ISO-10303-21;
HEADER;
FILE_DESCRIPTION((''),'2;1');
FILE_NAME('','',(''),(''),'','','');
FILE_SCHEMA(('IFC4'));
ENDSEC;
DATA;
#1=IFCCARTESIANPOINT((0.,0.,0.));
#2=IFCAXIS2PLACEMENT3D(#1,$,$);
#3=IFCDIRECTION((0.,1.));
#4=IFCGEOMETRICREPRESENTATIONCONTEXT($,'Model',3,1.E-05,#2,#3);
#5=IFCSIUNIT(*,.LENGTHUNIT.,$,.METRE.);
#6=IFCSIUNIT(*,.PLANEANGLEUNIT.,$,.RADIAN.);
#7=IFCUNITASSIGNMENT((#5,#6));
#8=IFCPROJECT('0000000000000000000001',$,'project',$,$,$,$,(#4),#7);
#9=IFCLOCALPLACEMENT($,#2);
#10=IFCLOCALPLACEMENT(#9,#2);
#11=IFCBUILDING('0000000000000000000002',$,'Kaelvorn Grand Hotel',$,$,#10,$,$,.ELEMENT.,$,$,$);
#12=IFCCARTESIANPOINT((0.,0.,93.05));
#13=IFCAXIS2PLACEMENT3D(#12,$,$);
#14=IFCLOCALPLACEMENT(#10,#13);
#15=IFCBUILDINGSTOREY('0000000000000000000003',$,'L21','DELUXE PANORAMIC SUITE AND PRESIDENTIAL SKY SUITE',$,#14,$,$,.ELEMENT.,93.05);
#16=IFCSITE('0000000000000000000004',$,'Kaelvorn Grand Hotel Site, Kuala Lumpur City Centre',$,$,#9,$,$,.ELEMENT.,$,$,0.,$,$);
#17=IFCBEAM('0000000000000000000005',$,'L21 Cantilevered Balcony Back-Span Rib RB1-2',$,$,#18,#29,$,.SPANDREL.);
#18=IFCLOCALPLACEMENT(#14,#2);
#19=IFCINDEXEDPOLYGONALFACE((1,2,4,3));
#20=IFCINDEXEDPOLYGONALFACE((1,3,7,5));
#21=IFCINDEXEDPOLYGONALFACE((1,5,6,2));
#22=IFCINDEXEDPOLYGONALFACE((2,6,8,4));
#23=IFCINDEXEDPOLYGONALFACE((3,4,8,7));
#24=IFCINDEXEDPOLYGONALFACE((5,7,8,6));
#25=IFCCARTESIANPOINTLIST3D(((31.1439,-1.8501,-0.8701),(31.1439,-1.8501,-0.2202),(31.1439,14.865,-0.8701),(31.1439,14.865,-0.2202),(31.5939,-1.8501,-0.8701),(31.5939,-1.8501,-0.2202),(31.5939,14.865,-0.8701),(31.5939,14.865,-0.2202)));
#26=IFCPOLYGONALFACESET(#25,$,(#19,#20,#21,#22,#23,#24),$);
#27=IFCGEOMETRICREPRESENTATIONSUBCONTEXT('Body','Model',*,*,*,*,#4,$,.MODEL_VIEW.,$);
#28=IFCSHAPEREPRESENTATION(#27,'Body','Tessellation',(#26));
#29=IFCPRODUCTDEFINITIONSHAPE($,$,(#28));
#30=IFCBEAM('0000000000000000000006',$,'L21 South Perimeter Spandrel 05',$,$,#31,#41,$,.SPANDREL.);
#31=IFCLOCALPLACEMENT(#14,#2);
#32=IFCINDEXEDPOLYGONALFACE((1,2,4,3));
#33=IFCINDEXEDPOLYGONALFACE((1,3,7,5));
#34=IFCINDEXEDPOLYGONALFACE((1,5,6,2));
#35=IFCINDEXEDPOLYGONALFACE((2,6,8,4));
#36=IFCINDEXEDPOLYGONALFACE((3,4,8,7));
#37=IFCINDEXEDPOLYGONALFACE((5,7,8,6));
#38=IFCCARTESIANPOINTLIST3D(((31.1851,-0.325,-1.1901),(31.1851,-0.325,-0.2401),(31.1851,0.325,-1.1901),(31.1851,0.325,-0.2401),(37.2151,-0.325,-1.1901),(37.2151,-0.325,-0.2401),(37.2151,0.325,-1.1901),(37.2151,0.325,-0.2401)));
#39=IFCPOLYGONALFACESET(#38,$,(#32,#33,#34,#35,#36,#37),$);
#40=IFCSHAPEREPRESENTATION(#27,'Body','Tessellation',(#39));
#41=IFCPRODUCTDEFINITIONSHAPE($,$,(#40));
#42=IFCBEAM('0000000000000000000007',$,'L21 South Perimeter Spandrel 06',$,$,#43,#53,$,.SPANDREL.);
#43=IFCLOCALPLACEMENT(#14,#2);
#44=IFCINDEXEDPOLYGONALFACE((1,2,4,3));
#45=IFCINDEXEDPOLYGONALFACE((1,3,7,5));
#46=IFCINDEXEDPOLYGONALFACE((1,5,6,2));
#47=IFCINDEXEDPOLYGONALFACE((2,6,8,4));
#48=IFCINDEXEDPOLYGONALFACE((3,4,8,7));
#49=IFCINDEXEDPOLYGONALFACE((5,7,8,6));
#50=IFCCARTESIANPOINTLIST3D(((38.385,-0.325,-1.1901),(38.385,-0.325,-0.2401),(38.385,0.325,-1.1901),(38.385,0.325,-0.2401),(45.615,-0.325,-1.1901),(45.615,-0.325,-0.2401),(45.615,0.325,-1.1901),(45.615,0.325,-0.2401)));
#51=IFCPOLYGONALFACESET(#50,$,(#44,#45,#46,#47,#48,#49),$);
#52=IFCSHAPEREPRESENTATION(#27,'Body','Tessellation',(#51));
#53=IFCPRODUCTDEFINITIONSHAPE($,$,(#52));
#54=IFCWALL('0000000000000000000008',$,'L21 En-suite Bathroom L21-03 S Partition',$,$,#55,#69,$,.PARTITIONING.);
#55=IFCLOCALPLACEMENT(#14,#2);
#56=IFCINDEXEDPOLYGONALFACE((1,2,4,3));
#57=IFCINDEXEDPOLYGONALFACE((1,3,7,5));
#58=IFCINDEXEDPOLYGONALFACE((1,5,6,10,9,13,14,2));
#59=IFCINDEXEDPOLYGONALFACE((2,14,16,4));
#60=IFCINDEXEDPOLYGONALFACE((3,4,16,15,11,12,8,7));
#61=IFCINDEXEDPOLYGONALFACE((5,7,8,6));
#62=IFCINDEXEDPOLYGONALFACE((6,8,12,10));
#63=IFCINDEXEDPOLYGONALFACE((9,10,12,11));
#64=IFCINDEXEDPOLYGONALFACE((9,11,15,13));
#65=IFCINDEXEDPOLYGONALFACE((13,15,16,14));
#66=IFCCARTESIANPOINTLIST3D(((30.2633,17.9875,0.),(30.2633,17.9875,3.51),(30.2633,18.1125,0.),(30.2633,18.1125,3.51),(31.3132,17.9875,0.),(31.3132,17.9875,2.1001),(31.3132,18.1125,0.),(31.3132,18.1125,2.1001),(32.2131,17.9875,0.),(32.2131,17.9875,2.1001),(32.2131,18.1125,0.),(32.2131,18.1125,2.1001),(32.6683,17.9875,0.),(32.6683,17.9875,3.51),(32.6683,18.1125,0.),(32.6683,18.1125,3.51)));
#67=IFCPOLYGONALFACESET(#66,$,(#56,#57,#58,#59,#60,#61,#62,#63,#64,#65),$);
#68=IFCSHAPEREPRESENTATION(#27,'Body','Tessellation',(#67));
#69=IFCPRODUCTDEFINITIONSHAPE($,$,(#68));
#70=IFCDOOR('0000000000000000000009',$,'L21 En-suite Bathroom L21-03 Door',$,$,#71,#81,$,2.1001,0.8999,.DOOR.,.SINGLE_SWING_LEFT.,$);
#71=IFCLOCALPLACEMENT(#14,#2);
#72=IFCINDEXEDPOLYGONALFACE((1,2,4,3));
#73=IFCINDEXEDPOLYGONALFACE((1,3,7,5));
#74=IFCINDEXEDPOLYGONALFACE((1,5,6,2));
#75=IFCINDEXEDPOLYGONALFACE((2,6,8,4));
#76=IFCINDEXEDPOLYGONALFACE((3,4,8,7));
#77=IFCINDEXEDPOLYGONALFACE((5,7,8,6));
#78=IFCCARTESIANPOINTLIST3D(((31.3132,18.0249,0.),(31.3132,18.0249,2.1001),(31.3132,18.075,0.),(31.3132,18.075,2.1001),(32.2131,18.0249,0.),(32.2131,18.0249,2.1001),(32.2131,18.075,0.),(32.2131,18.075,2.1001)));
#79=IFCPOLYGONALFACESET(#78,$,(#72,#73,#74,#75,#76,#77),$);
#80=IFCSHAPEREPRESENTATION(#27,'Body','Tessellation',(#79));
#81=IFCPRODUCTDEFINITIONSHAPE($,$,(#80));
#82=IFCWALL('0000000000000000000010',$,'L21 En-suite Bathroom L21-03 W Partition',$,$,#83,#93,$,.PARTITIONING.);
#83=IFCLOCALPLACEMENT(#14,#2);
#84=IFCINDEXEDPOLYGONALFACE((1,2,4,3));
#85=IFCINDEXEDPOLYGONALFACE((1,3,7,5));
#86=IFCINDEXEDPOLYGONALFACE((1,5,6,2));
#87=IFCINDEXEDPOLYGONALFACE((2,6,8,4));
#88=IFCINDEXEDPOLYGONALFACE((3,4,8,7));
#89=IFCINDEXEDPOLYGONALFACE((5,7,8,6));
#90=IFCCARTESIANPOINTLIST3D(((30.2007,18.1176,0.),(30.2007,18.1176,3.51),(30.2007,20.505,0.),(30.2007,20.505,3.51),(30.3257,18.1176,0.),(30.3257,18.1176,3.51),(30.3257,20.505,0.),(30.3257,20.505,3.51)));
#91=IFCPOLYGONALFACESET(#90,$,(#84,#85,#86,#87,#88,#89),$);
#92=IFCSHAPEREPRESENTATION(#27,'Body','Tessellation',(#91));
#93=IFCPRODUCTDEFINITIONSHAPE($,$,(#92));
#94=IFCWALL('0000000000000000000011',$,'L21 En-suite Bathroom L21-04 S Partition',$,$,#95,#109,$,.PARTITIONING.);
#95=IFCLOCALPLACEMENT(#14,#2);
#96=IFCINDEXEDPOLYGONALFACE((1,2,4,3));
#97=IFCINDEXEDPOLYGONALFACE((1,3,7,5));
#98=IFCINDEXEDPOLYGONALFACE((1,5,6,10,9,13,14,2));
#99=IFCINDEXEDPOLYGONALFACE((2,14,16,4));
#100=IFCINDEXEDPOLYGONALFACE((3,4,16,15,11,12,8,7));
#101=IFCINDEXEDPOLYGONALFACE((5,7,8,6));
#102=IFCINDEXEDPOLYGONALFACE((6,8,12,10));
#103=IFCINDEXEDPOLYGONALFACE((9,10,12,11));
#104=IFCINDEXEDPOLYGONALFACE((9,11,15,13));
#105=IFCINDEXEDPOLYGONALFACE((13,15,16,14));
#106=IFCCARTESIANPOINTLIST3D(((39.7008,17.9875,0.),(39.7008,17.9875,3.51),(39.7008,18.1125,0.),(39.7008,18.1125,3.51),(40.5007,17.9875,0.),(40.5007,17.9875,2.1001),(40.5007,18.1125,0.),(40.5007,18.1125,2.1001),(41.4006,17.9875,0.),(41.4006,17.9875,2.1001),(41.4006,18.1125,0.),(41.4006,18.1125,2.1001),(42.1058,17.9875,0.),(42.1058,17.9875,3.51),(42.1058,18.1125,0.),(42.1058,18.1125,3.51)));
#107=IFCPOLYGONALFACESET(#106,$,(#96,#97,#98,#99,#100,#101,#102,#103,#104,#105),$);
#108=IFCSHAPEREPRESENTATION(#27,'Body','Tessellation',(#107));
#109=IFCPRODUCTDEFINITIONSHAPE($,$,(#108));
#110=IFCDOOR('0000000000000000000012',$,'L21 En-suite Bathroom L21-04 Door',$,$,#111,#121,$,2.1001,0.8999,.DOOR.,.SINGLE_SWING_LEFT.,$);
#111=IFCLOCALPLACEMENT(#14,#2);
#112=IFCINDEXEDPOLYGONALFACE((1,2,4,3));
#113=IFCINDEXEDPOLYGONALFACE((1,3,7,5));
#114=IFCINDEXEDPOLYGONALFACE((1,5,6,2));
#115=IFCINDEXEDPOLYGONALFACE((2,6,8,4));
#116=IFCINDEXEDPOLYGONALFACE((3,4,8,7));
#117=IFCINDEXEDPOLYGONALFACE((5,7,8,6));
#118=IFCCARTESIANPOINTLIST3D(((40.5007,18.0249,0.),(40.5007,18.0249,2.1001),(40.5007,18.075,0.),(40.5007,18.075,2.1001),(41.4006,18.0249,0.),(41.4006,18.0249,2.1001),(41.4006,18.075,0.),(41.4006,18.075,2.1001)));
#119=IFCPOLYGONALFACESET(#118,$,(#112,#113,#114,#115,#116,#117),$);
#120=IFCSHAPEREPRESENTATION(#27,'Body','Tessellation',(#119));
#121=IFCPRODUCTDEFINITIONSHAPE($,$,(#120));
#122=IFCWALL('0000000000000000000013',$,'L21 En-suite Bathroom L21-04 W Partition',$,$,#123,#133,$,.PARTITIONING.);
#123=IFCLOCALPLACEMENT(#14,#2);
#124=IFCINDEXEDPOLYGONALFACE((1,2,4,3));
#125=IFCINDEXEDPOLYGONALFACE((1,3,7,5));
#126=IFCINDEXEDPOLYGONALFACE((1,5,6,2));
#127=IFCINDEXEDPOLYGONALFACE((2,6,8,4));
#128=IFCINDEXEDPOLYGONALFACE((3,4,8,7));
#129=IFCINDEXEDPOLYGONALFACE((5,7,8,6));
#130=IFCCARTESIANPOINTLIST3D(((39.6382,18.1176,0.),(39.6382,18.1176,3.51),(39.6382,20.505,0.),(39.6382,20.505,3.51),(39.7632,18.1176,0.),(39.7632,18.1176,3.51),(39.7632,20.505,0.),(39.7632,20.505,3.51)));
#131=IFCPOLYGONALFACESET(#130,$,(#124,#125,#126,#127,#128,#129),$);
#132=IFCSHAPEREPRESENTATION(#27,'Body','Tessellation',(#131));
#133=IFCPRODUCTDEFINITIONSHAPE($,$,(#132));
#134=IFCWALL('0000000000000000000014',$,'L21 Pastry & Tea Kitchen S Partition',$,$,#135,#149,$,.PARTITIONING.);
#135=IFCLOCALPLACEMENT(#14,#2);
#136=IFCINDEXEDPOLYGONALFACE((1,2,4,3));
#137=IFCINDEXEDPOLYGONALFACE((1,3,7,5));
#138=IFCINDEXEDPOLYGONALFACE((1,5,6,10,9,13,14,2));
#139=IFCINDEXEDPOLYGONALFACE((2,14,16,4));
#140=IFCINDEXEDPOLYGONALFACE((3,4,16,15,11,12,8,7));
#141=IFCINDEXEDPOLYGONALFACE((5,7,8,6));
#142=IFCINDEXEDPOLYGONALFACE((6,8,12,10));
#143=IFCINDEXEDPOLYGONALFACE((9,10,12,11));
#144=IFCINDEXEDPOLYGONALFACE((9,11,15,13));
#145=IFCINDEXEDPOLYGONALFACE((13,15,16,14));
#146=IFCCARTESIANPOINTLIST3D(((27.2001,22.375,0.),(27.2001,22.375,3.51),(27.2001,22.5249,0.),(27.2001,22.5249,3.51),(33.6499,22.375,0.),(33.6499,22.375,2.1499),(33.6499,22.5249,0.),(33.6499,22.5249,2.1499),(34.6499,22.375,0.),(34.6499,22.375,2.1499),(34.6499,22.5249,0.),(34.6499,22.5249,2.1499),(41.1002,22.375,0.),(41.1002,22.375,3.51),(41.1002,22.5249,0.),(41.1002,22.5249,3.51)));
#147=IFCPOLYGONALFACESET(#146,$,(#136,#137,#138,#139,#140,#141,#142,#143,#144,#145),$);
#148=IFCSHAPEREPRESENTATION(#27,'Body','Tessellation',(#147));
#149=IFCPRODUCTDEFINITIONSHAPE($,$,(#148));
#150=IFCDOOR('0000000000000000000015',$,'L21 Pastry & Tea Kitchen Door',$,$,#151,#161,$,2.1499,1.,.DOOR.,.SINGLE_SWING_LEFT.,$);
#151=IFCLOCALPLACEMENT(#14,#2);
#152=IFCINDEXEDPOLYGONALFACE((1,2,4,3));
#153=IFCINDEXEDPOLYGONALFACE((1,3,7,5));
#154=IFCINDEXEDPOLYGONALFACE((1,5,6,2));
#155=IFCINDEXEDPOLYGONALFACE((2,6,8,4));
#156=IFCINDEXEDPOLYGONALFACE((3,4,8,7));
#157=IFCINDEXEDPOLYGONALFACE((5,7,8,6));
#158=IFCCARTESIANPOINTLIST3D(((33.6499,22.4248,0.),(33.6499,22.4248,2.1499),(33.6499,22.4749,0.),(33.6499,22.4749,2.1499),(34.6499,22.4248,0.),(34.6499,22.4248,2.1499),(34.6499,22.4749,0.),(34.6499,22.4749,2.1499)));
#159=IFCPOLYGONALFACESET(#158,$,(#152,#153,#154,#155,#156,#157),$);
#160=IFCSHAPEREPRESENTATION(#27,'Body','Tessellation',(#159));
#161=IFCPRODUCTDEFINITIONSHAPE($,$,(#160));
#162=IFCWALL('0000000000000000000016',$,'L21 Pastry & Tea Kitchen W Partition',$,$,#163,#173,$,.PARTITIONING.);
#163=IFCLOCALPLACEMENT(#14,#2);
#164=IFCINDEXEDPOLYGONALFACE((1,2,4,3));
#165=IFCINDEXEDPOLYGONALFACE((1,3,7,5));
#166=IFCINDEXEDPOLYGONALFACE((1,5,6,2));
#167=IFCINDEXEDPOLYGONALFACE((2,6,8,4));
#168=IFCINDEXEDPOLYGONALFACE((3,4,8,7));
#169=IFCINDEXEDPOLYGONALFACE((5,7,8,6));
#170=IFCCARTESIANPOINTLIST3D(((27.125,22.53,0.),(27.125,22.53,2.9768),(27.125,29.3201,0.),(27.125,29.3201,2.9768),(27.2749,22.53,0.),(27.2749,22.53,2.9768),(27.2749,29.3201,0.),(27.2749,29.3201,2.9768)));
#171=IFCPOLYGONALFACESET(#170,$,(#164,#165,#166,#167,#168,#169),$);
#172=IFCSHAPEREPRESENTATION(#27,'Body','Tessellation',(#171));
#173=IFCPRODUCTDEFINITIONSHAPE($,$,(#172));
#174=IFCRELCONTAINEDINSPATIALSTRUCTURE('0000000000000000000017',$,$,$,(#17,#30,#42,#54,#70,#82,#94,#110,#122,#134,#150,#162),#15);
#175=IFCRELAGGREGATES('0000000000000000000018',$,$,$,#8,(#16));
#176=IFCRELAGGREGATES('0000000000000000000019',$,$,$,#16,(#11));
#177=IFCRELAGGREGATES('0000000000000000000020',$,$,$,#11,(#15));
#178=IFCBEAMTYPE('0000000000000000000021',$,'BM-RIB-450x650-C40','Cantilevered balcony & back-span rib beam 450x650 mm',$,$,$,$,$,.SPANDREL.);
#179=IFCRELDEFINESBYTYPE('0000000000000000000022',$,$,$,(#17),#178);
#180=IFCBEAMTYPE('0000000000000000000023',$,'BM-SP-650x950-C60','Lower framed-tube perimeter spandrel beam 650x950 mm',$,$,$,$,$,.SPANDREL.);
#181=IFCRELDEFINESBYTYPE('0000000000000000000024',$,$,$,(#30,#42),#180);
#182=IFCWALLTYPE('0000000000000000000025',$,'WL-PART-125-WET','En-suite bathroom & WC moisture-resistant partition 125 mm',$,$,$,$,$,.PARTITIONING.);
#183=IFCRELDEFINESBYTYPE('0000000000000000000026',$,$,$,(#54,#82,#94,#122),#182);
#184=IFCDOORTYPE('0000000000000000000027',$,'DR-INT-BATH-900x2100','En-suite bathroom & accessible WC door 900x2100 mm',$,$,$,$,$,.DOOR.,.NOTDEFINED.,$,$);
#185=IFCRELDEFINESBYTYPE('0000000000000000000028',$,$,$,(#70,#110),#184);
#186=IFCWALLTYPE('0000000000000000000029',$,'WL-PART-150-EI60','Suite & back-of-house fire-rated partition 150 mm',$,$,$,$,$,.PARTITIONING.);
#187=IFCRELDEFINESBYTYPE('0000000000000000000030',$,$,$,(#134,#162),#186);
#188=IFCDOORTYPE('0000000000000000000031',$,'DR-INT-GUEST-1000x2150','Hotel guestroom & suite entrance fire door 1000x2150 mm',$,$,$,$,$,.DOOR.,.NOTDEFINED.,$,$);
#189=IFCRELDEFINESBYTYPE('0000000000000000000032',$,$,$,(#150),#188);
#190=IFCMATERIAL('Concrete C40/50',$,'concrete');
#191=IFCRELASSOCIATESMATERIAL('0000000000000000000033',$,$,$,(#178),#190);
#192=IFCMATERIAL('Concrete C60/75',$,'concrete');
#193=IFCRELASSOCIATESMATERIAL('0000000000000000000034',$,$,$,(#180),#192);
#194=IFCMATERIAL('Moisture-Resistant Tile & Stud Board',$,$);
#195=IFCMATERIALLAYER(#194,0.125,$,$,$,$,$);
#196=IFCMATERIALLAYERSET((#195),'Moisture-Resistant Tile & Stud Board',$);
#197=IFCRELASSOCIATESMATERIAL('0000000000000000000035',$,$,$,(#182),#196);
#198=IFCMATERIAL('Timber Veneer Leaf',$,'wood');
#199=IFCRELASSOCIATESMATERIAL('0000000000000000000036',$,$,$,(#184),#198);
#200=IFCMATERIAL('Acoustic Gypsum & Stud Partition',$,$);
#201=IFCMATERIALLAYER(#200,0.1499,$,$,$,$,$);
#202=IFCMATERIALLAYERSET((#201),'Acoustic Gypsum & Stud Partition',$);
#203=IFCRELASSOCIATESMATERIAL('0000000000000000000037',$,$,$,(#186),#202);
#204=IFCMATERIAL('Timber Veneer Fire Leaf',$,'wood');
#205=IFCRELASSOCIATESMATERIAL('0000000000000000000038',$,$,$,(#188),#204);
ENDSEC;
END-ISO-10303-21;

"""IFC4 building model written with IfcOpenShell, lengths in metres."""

from ifc_helpers import new_model, si_unit, direction, frame, frame_2d, origin, origin_2d, place, context, subcontext, project, spatial, rectangle, extrude, material, layer, layer_set, material_profile, profile_set, type_object, element, fill, save


model = new_model("IFC4")

# Units and contexts
model_context = context("Model", 3, precision=1e-05, world=origin(), true_north=direction((0.0, 1.0)))
body_context = subcontext(model_context, "Body", "Model", "MODEL_VIEW")
ifc_project = project(units=[si_unit("LENGTHUNIT", "METRE"), si_unit("PLANEANGLEUNIT", "RADIAN")], contexts=[model_context])

# Site, building, storey
site_placement = place(None, origin())
site = spatial("IfcSite", under=ifc_project, at=site_placement, Name="Kaelvorn Grand Hotel Site, Kuala Lumpur City Centre", CompositionType="ELEMENT", RefElevation=0.0)
building_placement = place(site_placement, origin())
building = spatial("IfcBuilding", under=site, at=building_placement, Name="Kaelvorn Grand Hotel", CompositionType="ELEMENT")
storey_placement = place(building_placement, frame((0.0, 0.0, 93.05)))
storey = spatial("IfcBuildingStorey", under=building, at=storey_placement, Name="L21", Description="DELUXE PANORAMIC SUITE AND PRESIDENTIAL SKY SUITE", CompositionType="ELEMENT", Elevation=93.05)

# Shared definitions
ifc_material_1 = material(Name="Concrete C60/75", Category="concrete")

# Beams
ifc_material_2 = material(Name="Concrete C40/50", Category="concrete")
ifc_material_profile_1 = material_profile(ifc_material_2, rectangle(XDim=0.45, YDim=0.6499, at=origin_2d()), Name="RC RIB 450x650")
ifc_profile_set_1 = profile_set([ifc_material_profile_1], Name="Concrete C40/50")
beam_type_1 = type_object("IfcBeamType", Name="BM-RIB-450x650-C40", Description="Cantilevered balcony & back-span rib beam 450x650 mm", PredefinedType="SPANDREL", material=ifc_profile_set_1)
beam_1_placement = place(storey_placement, frame((31.3689, -1.8501, -0.5452), z_axis=(0.0, 1.0, 0.0), x_axis=(-1.0, 0.0, 0.0)))
element("IfcBeam", 1, at=beam_1_placement, inside=storey, type_object=beam_type_1, Name="L21 Cantilevered Balcony Back-Span Rib RB1-2", PredefinedType="SPANDREL", context=body_context, shape_type="SweptSolid", body=[
    extrude(rectangle(XDim=0.45, YDim=0.6499, at=origin_2d()), origin(), (0.0, 0.0, 1.0), 16.7151),
])
ifc_material_profile_2 = material_profile(ifc_material_1, rectangle(XDim=0.6499, YDim=0.95, at=origin_2d()), Name="RC SPANDREL 650x950")
ifc_profile_set_2 = profile_set([ifc_material_profile_2], Name="Concrete C60/75")
beam_type_2 = type_object("IfcBeamType", Name="BM-SP-650x950-C60", Description="Lower framed-tube perimeter spandrel beam 650x950 mm", PredefinedType="SPANDREL", material=ifc_profile_set_2)
beam_2_placement = place(storey_placement, frame((31.1851, 0.0, -0.7151), z_axis=(1.0, 0.0, 0.0), x_axis=(0.0, 1.0, 0.0)))
element("IfcBeam", 2, at=beam_2_placement, inside=storey, type_object=beam_type_2, Name="L21 South Perimeter Spandrel 05", PredefinedType="SPANDREL", context=body_context, shape_type="SweptSolid", body=[
    extrude(rectangle(XDim=0.6499, YDim=0.95, at=origin_2d()), origin(), (0.0, 0.0, 1.0), 6.03),
])
beam_3_placement = place(storey_placement, frame((38.385, 0.0, -0.7151), z_axis=(1.0, 0.0, 0.0), x_axis=(0.0, 1.0, 0.0)))
element("IfcBeam", 3, at=beam_3_placement, inside=storey, type_object=beam_type_2, Name="L21 South Perimeter Spandrel 06", PredefinedType="SPANDREL", context=body_context, shape_type="SweptSolid", body=[
    extrude(rectangle(XDim=0.6499, YDim=0.95, at=origin_2d()), origin(), (0.0, 0.0, 1.0), 7.23),
])

# Wall, opening, door
ifc_material_3 = material(Name="Moisture-Resistant Tile & Stud Board")
ifc_layer_1 = layer(ifc_material_3, 0.125)
ifc_layer_set_1 = layer_set([ifc_layer_1], Name="Moisture-Resistant Tile & Stud Board")
wall_type_1 = type_object("IfcWallType", Name="WL-PART-125-WET", Description="En-suite bathroom & WC moisture-resistant partition 125 mm", PredefinedType="PARTITIONING", material=ifc_layer_set_1)
wall_1_placement = place(storey_placement, frame((30.2632, 18.05, 0.0), z_axis=(0.0, 0.0, 1.0), x_axis=(1.0, 0.0, 0.0)))
wall_1 = element("IfcWall", 4, at=wall_1_placement, inside=storey, type_object=wall_type_1, Name="L21 En-suite Bathroom L21-03 S Partition", PredefinedType="PARTITIONING", context=body_context, shape_type="SweptSolid", body=[
    extrude(rectangle(XDim=2.405, YDim=0.125, at=frame_2d((1.2026, 0.0))), origin(), (0.0, 0.0, 1.0), 3.51),
])
opening_1_placement = place(wall_1_placement, frame((1.05, 0.0, 0.0)))
opening_1 = element("IfcOpeningElement", 5, at=opening_1_placement, cuts=wall_1, PredefinedType="OPENING", context=body_context, shape_type="SweptSolid", body=[
    extrude(rectangle(XDim=0.8999, YDim=2.1001, at=frame_2d((0.45, 1.05))), frame((0.0, 0.0725, 0.0), z_axis=(0.0, -1.0, 0.0), x_axis=(1.0, 0.0, 0.0)), (0.0, 0.0, 1.0), 0.145),
])
ifc_material_4 = material(Name="Timber Veneer Leaf", Category="wood")
door_type_1 = type_object("IfcDoorType", Name="DR-INT-BATH-900x2100", Description="En-suite bathroom & accessible WC door 900x2100 mm", OperationType="NOTDEFINED", PredefinedType="DOOR", material=ifc_material_4)
door_1_placement = place(opening_1_placement, origin())
door_1 = element("IfcDoor", 6, at=door_1_placement, inside=storey, type_object=door_type_1, Name="L21 En-suite Bathroom L21-03 Door", OperationType="SINGLE_SWING_LEFT", OverallHeight=2.1001, OverallWidth=0.8999, PredefinedType="DOOR", context=body_context, shape_type="SweptSolid", body=[
    extrude(rectangle(XDim=0.8999, YDim=2.1001, at=frame_2d((0.45, 1.05))), frame((0.0, 0.0249, 0.0), z_axis=(0.0, -1.0, 0.0), x_axis=(1.0, 0.0, 0.0)), (0.0, 0.0, 1.0), 0.05),
])
fill(opening_1, door_1)

# Wall
wall_2_placement = place(storey_placement, frame((30.2632, 18.1174, 0.0), z_axis=(0.0, 0.0, 1.0), x_axis=(0.0, 1.0, 0.0)))
element("IfcWall", 7, at=wall_2_placement, inside=storey, type_object=wall_type_1, Name="L21 En-suite Bathroom L21-03 W Partition", PredefinedType="PARTITIONING", context=body_context, shape_type="SweptSolid", body=[
    extrude(rectangle(XDim=2.3875, YDim=0.125, at=frame_2d((1.1938, 0.0))), origin(), (0.0, 0.0, 1.0), 3.51),
])

# Wall, opening, door
wall_3_placement = place(storey_placement, frame((39.7007, 18.05, 0.0), z_axis=(0.0, 0.0, 1.0), x_axis=(1.0, 0.0, 0.0)))
wall_3 = element("IfcWall", 8, at=wall_3_placement, inside=storey, type_object=wall_type_1, Name="L21 En-suite Bathroom L21-04 S Partition", PredefinedType="PARTITIONING", context=body_context, shape_type="SweptSolid", body=[
    extrude(rectangle(XDim=2.405, YDim=0.125, at=frame_2d((1.2026, 0.0))), origin(), (0.0, 0.0, 1.0), 3.51),
])
opening_2_placement = place(wall_3_placement, frame((0.8, 0.0, 0.0)))
opening_2 = element("IfcOpeningElement", 9, at=opening_2_placement, cuts=wall_3, PredefinedType="OPENING", context=body_context, shape_type="SweptSolid", body=[
    extrude(rectangle(XDim=0.8999, YDim=2.1001, at=frame_2d((0.45, 1.05))), frame((0.0, 0.0725, 0.0), z_axis=(0.0, -1.0, 0.0), x_axis=(1.0, 0.0, 0.0)), (0.0, 0.0, 1.0), 0.145),
])
door_2_placement = place(opening_2_placement, origin())
door_2 = element("IfcDoor", 10, at=door_2_placement, inside=storey, type_object=door_type_1, Name="L21 En-suite Bathroom L21-04 Door", OperationType="SINGLE_SWING_LEFT", OverallHeight=2.1001, OverallWidth=0.8999, PredefinedType="DOOR", context=body_context, shape_type="SweptSolid", body=[
    extrude(rectangle(XDim=0.8999, YDim=2.1001, at=frame_2d((0.45, 1.05))), frame((0.0, 0.0249, 0.0), z_axis=(0.0, -1.0, 0.0), x_axis=(1.0, 0.0, 0.0)), (0.0, 0.0, 1.0), 0.05),
])
fill(opening_2, door_2)

# Wall
wall_4_placement = place(storey_placement, frame((39.7007, 18.1174, 0.0), z_axis=(0.0, 0.0, 1.0), x_axis=(0.0, 1.0, 0.0)))
element("IfcWall", 11, at=wall_4_placement, inside=storey, type_object=wall_type_1, Name="L21 En-suite Bathroom L21-04 W Partition", PredefinedType="PARTITIONING", context=body_context, shape_type="SweptSolid", body=[
    extrude(rectangle(XDim=2.3875, YDim=0.125, at=frame_2d((1.1938, 0.0))), origin(), (0.0, 0.0, 1.0), 3.51),
])

# Wall, opening, door
ifc_material_5 = material(Name="Acoustic Gypsum & Stud Partition")
ifc_layer_2 = layer(ifc_material_5, 0.1499)
ifc_layer_set_2 = layer_set([ifc_layer_2], Name="Acoustic Gypsum & Stud Partition")
wall_type_2 = type_object("IfcWallType", Name="WL-PART-150-EI60", Description="Suite & back-of-house fire-rated partition 150 mm", PredefinedType="PARTITIONING", material=ifc_layer_set_2)
wall_5_placement = place(storey_placement, frame((27.2, 22.45, 0.0), z_axis=(0.0, 0.0, 1.0), x_axis=(1.0, 0.0, 0.0)))
wall_5 = element("IfcWall", 12, at=wall_5_placement, inside=storey, type_object=wall_type_2, Name="L21 Pastry & Tea Kitchen S Partition", PredefinedType="PARTITIONING", context=body_context, shape_type="SweptSolid", body=[
    extrude(rectangle(XDim=13.9001, YDim=0.1499, at=frame_2d((6.9502, 0.0))), origin(), (0.0, 0.0, 1.0), 3.51),
])
opening_3_placement = place(wall_5_placement, frame((6.45, 0.0, 0.0)))
opening_3 = element("IfcOpeningElement", 13, at=opening_3_placement, cuts=wall_5, PredefinedType="OPENING", context=body_context, shape_type="SweptSolid", body=[
    extrude(rectangle(XDim=1.0, YDim=2.1499, at=frame_2d((0.5, 1.075))), frame((0.0, 0.085, 0.0), z_axis=(0.0, -1.0, 0.0), x_axis=(1.0, 0.0, 0.0)), (0.0, 0.0, 1.0), 0.1699),
])
ifc_material_6 = material(Name="Timber Veneer Fire Leaf", Category="wood")
door_type_2 = type_object("IfcDoorType", Name="DR-INT-GUEST-1000x2150", Description="Hotel guestroom & suite entrance fire door 1000x2150 mm", OperationType="NOTDEFINED", PredefinedType="DOOR", material=ifc_material_6)
door_3_placement = place(opening_3_placement, origin())
door_3 = element("IfcDoor", 14, at=door_3_placement, inside=storey, type_object=door_type_2, Name="L21 Pastry & Tea Kitchen Door", OperationType="SINGLE_SWING_LEFT", OverallHeight=2.1499, OverallWidth=1.0, PredefinedType="DOOR", context=body_context, shape_type="SweptSolid", body=[
    extrude(rectangle(XDim=1.0, YDim=2.1499, at=frame_2d((0.5, 1.075))), frame((0.0, 0.0249, 0.0), z_axis=(0.0, -1.0, 0.0), x_axis=(1.0, 0.0, 0.0)), (0.0, 0.0, 1.0), 0.05),
])
fill(opening_3, door_3)

# Wall
wall_6_placement = place(storey_placement, frame((27.2, 22.53, 0.0), z_axis=(0.0, 0.0, 1.0), x_axis=(0.0, 1.0, 0.0)))
element("IfcWall", 15, at=wall_6_placement, inside=storey, type_object=wall_type_2, Name="L21 Pastry & Tea Kitchen W Partition", PredefinedType="PARTITIONING", context=body_context, shape_type="SweptSolid", body=[
    extrude(rectangle(XDim=6.79, YDim=0.1499, at=frame_2d((3.395, 0.0))), origin(), (0.0, 0.0, 1.0), 2.9768),
])

save(model, "model.ifc")
